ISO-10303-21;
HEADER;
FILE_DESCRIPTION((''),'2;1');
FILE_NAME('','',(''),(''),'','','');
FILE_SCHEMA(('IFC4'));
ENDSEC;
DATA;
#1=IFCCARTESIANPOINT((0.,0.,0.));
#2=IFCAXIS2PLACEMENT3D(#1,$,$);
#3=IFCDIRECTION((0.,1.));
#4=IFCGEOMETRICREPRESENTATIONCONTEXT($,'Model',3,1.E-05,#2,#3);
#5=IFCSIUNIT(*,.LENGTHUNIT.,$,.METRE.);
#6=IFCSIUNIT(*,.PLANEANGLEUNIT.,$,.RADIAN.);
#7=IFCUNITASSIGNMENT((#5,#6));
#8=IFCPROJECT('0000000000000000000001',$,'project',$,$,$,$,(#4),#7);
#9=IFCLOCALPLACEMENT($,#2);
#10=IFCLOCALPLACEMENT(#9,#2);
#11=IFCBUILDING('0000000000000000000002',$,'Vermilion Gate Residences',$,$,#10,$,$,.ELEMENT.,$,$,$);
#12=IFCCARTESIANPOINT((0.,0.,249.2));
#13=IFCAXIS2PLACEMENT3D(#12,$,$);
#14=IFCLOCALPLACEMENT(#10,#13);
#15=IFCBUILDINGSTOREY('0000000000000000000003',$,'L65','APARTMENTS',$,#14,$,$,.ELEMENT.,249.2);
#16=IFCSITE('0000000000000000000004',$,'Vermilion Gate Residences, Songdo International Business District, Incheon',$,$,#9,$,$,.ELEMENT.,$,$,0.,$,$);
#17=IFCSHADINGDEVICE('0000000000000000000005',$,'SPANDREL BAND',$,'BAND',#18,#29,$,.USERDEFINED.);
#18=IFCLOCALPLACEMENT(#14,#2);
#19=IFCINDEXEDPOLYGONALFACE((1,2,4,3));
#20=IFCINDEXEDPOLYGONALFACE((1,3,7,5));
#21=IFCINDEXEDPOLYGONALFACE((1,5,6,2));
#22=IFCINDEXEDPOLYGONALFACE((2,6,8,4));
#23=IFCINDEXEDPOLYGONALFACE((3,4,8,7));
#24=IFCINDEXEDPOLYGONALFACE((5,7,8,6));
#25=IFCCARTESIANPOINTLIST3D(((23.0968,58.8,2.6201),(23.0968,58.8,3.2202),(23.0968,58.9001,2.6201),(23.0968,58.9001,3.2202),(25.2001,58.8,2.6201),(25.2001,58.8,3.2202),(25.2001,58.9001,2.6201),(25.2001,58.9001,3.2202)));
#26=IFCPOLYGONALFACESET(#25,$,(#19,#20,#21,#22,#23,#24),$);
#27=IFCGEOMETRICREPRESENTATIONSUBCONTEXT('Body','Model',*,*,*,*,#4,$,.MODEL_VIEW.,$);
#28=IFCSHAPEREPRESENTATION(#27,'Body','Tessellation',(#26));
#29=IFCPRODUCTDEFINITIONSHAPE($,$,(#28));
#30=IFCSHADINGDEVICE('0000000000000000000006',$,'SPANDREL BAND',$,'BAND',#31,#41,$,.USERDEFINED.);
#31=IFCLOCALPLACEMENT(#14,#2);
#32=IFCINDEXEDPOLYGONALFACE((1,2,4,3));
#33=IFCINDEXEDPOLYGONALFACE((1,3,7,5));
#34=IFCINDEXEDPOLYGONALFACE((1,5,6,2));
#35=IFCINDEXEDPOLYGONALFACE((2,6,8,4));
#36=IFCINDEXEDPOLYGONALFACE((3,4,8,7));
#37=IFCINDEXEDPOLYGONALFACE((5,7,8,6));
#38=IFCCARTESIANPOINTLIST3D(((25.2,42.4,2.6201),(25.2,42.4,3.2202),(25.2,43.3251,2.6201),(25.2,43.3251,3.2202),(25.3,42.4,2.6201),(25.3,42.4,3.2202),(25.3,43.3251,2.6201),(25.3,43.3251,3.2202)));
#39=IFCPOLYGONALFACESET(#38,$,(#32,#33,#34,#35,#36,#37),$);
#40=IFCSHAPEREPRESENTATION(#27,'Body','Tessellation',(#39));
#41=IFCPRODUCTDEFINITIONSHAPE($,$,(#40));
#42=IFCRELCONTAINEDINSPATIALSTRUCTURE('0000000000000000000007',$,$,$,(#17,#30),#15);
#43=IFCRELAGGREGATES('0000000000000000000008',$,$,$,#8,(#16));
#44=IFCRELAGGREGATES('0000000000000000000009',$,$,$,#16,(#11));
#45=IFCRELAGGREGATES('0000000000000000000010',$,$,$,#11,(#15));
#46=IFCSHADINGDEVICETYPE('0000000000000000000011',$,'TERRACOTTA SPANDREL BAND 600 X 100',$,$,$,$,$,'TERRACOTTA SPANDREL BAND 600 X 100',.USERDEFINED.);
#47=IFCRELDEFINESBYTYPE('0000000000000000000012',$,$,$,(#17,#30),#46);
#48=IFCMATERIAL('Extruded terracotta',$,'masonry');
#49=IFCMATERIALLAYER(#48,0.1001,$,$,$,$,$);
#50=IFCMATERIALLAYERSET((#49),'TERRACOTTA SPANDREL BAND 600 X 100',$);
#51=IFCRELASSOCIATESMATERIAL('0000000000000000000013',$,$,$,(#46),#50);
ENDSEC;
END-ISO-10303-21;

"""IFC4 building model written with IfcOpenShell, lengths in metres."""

from ifc_helpers import new_model, si_unit, direction, frame, origin, origin_2d, place, context, subcontext, project, spatial, rectangle, extrude, material, layer, layer_set, type_object, element, save


model = new_model("IFC4")

# Units and contexts
model_context = context("Model", 3, precision=1e-05, world=origin(), true_north=direction((0.0, 1.0)))
body_context = subcontext(model_context, "Body", "Model", "MODEL_VIEW")
ifc_project = project(units=[si_unit("LENGTHUNIT", "METRE"), si_unit("PLANEANGLEUNIT", "RADIAN")], contexts=[model_context])

# Site, building, storey
site_placement = place(None, origin())
site = spatial("IfcSite", under=ifc_project, at=site_placement, Name="Vermilion Gate Residences, Songdo International Business District, Incheon", CompositionType="ELEMENT", RefElevation=0.0)
building_placement = place(site_placement, origin())
building = spatial("IfcBuilding", under=site, at=building_placement, Name="Vermilion Gate Residences", CompositionType="ELEMENT")
storey_placement = place(building_placement, frame((0.0, 0.0, 249.2)))
storey = spatial("IfcBuildingStorey", under=building, at=storey_placement, Name="L65", Description="APARTMENTS", CompositionType="ELEMENT", Elevation=249.2)

# Shading devices
ifc_material_1 = material(Name="Extruded terracotta", Category="masonry")
ifc_layer_1 = layer(ifc_material_1, 0.1001)
ifc_layer_set_1 = layer_set([ifc_layer_1], Name="TERRACOTTA SPANDREL BAND 600 X 100")
shading_device_type = type_object("IfcShadingDeviceType", Name="TERRACOTTA SPANDREL BAND 600 X 100", ElementType="TERRACOTTA SPANDREL BAND 600 X 100", PredefinedType="USERDEFINED", material=ifc_layer_set_1)
shading_device_1_placement = place(storey_placement, frame((24.1484, 58.8501, 2.6201), z_axis=(0.0, 0.0, 1.0), x_axis=(1.0, 0.0, 0.0)))
element("IfcShadingDevice", 1, at=shading_device_1_placement, inside=storey, type_object=shading_device_type, Name="SPANDREL BAND", ObjectType="BAND", PredefinedType="USERDEFINED", context=body_context, shape_type="SweptSolid", body=[
    extrude(rectangle(XDim=2.1033, YDim=0.1001, at=origin_2d()), origin(), (0.0, 0.0, 1.0), 0.6001),
])
shading_device_2_placement = place(storey_placement, frame((25.25, 42.8625, 2.6201), z_axis=(0.0, 0.0, 1.0), x_axis=(0.0, 1.0, 0.0)))
element("IfcShadingDevice", 2, at=shading_device_2_placement, inside=storey, type_object=shading_device_type, Name="SPANDREL BAND", ObjectType="BAND", PredefinedType="USERDEFINED", context=body_context, shape_type="SweptSolid", body=[
    extrude(rectangle(XDim=0.925, YDim=0.1001, at=origin_2d()), origin(), (0.0, 0.0, 1.0), 0.6001),
])

save(model, "model.ifc")
